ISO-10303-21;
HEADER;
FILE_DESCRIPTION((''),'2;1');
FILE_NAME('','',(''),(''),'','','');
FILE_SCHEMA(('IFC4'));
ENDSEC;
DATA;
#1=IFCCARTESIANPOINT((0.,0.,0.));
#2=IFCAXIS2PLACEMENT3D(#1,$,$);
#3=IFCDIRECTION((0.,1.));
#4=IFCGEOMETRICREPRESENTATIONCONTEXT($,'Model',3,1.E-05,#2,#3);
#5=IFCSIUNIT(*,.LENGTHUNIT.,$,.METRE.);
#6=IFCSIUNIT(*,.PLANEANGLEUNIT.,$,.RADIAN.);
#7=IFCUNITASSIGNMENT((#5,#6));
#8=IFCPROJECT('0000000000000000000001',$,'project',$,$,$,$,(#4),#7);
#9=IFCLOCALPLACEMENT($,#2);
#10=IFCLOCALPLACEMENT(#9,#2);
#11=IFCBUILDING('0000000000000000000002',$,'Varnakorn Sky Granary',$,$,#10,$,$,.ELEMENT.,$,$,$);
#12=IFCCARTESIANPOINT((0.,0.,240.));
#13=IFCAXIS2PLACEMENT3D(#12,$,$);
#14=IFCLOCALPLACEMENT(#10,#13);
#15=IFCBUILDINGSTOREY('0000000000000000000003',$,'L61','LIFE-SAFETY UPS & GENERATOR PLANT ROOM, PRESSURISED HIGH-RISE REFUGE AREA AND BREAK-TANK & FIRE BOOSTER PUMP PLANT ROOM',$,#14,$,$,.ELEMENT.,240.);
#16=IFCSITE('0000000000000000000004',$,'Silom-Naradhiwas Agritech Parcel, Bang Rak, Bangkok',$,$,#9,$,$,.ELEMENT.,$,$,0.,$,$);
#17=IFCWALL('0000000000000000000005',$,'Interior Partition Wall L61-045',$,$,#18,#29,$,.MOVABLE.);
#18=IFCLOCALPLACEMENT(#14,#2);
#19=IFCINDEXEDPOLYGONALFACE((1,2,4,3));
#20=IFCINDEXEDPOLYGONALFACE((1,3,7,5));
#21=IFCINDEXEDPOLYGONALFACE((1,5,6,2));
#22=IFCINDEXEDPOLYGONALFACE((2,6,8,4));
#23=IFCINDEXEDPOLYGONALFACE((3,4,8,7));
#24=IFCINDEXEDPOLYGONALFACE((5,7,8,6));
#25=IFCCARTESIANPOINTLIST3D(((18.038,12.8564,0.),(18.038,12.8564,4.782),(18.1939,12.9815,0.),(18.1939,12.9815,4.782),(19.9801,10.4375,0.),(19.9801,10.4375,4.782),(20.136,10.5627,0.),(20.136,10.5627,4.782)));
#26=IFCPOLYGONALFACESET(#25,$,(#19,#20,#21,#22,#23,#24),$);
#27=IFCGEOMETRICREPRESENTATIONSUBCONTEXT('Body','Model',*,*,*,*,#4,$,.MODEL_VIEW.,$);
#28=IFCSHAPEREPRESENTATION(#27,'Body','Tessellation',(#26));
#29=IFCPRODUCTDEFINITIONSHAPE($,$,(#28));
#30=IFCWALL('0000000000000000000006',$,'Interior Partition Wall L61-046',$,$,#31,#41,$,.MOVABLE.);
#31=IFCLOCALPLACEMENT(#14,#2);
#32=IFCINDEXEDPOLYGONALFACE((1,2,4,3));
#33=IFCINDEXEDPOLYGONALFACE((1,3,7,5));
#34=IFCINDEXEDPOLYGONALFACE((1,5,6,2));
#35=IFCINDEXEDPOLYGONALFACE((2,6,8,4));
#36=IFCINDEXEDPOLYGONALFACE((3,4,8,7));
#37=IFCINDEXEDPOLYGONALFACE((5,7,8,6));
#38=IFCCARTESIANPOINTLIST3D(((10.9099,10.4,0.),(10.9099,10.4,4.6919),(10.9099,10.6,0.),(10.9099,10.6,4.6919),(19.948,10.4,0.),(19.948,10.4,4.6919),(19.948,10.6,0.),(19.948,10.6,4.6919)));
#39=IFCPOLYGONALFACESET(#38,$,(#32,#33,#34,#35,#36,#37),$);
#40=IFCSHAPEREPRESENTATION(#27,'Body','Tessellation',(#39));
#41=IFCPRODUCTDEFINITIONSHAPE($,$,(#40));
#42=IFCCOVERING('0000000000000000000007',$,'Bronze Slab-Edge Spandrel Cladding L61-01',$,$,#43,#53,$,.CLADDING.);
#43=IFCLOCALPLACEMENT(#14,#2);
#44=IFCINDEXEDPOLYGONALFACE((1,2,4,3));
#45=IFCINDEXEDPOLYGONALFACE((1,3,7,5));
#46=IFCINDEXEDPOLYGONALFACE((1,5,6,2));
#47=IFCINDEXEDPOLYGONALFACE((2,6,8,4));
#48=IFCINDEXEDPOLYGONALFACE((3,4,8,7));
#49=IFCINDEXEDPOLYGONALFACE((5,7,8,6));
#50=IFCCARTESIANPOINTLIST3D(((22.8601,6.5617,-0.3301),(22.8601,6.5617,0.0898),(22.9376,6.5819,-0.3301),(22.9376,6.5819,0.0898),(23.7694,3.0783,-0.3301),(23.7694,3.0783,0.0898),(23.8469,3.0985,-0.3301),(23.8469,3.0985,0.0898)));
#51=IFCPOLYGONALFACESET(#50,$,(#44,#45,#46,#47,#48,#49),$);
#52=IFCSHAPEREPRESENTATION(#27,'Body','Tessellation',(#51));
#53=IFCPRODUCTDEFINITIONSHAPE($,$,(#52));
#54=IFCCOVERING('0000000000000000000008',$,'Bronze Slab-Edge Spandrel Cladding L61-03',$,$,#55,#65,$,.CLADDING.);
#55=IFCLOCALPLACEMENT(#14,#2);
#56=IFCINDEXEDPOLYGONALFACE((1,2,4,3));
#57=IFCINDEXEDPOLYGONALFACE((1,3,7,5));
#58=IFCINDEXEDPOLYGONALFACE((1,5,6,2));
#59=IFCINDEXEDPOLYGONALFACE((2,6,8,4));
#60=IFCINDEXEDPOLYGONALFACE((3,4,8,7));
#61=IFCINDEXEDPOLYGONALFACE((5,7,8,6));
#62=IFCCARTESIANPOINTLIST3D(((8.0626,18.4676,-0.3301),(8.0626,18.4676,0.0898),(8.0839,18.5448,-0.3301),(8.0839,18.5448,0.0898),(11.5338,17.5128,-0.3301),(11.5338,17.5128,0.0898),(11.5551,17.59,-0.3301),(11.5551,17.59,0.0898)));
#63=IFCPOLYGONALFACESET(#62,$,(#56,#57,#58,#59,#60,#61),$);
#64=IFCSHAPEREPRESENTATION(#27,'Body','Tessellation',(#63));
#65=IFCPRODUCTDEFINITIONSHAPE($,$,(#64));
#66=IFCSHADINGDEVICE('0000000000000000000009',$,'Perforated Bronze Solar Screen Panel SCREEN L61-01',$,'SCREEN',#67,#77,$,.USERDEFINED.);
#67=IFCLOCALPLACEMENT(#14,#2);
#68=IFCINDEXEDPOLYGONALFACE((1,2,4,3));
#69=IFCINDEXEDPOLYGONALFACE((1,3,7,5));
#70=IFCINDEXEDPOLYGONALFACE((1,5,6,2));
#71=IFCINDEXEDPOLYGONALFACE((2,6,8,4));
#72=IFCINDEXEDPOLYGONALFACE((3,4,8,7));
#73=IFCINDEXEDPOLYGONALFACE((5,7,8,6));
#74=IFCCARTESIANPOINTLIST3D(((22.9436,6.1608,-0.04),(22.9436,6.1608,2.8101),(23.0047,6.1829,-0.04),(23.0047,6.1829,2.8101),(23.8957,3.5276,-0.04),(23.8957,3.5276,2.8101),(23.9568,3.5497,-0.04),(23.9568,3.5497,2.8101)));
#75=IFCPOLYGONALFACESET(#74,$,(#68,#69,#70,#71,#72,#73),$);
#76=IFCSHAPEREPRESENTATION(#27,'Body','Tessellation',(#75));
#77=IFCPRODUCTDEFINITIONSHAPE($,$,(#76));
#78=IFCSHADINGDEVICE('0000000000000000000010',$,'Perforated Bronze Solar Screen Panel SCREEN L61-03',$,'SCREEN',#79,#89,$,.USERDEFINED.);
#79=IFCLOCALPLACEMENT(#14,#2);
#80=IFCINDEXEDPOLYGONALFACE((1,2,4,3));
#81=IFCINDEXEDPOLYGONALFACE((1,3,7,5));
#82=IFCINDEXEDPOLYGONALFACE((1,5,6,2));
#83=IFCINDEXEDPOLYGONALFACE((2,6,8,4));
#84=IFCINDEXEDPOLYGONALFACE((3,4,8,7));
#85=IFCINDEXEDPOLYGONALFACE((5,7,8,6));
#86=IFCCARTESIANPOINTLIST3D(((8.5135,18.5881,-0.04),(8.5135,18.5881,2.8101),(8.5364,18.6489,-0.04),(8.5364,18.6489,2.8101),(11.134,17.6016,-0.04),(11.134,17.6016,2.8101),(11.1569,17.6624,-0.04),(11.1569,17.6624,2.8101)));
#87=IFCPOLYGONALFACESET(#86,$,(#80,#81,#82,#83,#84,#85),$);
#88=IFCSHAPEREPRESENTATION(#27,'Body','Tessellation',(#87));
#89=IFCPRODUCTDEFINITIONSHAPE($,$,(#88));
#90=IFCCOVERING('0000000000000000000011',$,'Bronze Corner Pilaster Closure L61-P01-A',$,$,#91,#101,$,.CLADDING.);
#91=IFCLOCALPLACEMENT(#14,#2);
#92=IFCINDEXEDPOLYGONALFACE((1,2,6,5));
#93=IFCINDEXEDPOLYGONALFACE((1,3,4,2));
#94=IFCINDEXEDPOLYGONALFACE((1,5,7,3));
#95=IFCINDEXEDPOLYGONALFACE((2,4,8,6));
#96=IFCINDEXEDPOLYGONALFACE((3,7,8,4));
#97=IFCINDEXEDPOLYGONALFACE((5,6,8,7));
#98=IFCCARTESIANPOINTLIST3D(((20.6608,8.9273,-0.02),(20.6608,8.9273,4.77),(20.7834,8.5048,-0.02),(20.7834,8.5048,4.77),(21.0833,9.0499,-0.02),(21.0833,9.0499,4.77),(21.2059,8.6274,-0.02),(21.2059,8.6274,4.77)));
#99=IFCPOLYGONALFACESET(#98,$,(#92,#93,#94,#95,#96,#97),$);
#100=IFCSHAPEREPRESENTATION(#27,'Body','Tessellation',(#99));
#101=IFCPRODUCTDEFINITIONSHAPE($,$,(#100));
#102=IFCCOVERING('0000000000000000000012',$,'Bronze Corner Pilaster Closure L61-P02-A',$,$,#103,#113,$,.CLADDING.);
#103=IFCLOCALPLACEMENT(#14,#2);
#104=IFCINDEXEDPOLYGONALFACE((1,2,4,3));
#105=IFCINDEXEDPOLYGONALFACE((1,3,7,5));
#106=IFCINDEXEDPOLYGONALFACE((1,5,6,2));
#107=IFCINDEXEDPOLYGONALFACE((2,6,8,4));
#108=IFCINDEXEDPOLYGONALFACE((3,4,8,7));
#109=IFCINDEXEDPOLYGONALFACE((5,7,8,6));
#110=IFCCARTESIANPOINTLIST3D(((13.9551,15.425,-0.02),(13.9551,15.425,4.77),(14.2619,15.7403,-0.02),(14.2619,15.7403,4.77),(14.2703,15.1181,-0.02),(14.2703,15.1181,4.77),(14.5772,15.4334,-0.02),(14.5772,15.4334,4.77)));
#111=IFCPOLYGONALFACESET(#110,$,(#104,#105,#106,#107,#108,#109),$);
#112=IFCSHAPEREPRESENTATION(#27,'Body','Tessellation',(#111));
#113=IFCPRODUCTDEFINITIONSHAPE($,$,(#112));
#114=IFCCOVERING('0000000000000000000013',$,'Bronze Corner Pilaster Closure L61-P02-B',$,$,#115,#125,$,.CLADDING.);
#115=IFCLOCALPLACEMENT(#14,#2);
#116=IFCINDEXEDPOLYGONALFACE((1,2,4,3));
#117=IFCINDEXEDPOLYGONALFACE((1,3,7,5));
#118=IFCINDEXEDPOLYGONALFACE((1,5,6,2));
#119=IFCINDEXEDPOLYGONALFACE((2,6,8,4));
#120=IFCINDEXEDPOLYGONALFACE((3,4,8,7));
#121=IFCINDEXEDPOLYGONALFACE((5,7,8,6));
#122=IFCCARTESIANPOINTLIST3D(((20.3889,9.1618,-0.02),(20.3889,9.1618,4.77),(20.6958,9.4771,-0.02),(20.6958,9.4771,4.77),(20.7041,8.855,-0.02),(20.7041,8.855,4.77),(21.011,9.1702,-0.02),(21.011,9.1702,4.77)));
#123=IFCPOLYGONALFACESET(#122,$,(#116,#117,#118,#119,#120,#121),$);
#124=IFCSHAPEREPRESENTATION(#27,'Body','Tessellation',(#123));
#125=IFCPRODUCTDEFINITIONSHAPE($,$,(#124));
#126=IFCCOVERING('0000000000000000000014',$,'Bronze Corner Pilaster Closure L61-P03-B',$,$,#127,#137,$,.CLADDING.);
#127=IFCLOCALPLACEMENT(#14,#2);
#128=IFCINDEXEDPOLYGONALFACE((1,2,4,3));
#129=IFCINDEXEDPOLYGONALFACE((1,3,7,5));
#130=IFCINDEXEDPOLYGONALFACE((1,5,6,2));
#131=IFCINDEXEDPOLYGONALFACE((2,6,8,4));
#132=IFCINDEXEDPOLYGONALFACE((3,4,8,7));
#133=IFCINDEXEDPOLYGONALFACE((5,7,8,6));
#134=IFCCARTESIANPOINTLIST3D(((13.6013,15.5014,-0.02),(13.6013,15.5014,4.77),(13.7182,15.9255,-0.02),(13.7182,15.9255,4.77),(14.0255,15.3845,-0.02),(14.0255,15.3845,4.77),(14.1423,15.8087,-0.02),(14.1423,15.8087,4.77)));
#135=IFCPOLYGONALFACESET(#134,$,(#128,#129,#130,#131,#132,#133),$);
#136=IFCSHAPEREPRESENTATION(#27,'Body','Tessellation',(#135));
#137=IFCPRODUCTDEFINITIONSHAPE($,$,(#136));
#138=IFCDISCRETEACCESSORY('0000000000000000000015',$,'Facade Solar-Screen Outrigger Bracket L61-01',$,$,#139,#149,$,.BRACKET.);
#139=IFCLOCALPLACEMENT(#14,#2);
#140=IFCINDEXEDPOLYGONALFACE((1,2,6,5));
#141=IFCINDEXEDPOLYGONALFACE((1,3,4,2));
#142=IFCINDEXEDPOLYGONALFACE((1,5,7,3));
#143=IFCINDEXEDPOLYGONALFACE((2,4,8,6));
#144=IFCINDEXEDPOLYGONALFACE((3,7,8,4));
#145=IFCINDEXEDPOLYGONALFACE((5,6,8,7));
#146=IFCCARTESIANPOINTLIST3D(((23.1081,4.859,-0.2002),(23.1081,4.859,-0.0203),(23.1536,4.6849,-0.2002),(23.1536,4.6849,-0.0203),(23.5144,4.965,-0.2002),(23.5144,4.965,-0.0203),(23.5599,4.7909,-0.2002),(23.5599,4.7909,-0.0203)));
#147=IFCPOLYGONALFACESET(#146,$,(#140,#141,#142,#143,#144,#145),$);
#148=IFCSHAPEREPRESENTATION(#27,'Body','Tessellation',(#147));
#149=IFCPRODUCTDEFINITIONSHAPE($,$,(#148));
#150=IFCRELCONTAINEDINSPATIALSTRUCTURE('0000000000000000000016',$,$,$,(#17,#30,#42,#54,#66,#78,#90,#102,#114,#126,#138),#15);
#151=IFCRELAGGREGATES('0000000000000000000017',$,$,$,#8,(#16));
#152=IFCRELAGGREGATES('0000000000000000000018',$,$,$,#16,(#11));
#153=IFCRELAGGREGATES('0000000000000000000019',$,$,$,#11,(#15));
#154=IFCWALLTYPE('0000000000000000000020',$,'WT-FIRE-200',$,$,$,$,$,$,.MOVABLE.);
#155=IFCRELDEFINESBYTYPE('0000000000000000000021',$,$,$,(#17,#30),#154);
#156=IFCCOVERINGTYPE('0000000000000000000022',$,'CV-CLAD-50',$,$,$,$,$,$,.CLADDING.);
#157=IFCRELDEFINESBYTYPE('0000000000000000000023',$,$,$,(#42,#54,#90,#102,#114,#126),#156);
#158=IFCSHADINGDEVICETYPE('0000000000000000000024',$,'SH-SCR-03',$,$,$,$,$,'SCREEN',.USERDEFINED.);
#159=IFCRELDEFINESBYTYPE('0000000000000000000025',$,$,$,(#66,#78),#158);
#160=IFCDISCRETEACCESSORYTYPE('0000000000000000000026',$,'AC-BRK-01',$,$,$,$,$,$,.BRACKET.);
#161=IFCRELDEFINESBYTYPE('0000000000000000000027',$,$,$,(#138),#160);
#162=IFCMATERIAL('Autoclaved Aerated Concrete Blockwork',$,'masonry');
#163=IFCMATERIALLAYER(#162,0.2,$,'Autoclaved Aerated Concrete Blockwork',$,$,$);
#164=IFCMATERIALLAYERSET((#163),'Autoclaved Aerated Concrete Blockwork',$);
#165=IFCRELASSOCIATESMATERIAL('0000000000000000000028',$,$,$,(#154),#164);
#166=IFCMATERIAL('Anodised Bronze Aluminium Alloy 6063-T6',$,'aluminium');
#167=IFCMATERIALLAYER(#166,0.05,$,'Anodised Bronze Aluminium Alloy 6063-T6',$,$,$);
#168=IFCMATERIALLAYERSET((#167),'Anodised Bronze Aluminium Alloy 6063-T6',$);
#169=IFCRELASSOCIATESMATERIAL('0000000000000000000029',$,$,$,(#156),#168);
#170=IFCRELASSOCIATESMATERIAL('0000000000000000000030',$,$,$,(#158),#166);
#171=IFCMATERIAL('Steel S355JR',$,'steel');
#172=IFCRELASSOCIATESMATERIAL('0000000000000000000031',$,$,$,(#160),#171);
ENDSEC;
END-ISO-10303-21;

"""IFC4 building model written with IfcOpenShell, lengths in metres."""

from ifc_helpers import new_model, si_unit, direction, frame, frame_2d, origin, origin_2d, place, context, subcontext, project, spatial, rectangle, extrude, source, transform, mapped, material, layer, layer_set, type_object, type_shapes, element, save


model = new_model("IFC4")

# Units and contexts
model_context = context("Model", 3, precision=1e-05, world=origin(), true_north=direction((0.0, 1.0)))
body_context = subcontext(model_context, "Body", "Model", "MODEL_VIEW")
ifc_project = project(units=[si_unit("LENGTHUNIT", "METRE"), si_unit("PLANEANGLEUNIT", "RADIAN")], contexts=[model_context])

# Site, building, storey
site_placement = place(None, origin())
site = spatial("IfcSite", under=ifc_project, at=site_placement, Name="Silom-Naradhiwas Agritech Parcel, Bang Rak, Bangkok", CompositionType="ELEMENT", RefElevation=0.0)
building_placement = place(site_placement, origin())
building = spatial("IfcBuilding", under=site, at=building_placement, Name="Varnakorn Sky Granary", CompositionType="ELEMENT")
storey_placement = place(building_placement, frame((0.0, 0.0, 240.0)))
storey = spatial("IfcBuildingStorey", under=building, at=storey_placement, Name="L61", Description="LIFE-SAFETY UPS & GENERATOR PLANT ROOM, PRESSURISED HIGH-RISE REFUGE AREA AND BREAK-TANK & FIRE BOOSTER PUMP PLANT ROOM", CompositionType="ELEMENT", Elevation=240.0)

# Shared definitions
ifc_material_1 = material(Name="Steel S355JR", Category="steel")

# Walls
ifc_material_2 = material(Name="Autoclaved Aerated Concrete Blockwork", Category="masonry")
ifc_layer_1 = layer(ifc_material_2, 0.2, Name="Autoclaved Aerated Concrete Blockwork")
ifc_layer_set_1 = layer_set([ifc_layer_1], Name="Autoclaved Aerated Concrete Blockwork")
wall_type_1 = type_object("IfcWallType", Name="WT-FIRE-200", PredefinedType="MOVABLE", material=ifc_layer_set_1)
wall_1_placement = place(storey_placement, frame((18.116, 12.9189, 0.0), z_axis=(0.0, 0.0, 1.0), x_axis=(0.626067, -0.77977, 0.0)))
element("IfcWall", 1, at=wall_1_placement, inside=storey, type_object=wall_type_1, Name="Interior Partition Wall L61-045", PredefinedType="MOVABLE", context=body_context, shape_type="SweptSolid", body=[
    extrude(rectangle(XDim=3.1021, YDim=0.2, at=frame_2d((1.551, 0.0))), origin(), (0.0, 0.0, 1.0), 4.782),
])
wall_2_placement = place(storey_placement, frame((19.948, 10.5, 0.0), z_axis=(0.0, 0.0, 1.0), x_axis=(-1.0, 0.0, 0.0)))
element("IfcWall", 2, at=wall_2_placement, inside=storey, type_object=wall_type_1, Name="Interior Partition Wall L61-046", PredefinedType="MOVABLE", context=body_context, shape_type="SweptSolid", body=[
    extrude(rectangle(XDim=9.0381, YDim=0.2, at=frame_2d((4.519, 0.0))), origin(), (0.0, 0.0, 1.0), 4.6919),
])

# Coverings
ifc_material_3 = material(Name="Anodised Bronze Aluminium Alloy 6063-T6", Category="aluminium")
ifc_layer_2 = layer(ifc_material_3, 0.05, Name="Anodised Bronze Aluminium Alloy 6063-T6")
ifc_layer_set_2 = layer_set([ifc_layer_2], Name="Anodised Bronze Aluminium Alloy 6063-T6")
covering_type = type_object("IfcCoveringType", Name="CV-CLAD-50", PredefinedType="CLADDING", material=ifc_layer_set_2)
shared_shape_1 = source(origin(), body_context, "Body", "SweptSolid", [
    extrude(rectangle(XDim=3.6001, YDim=0.0801, at=origin_2d()), origin(), (0.0, 0.0, 1.0), 0.4199),
])
for number, where, z_axis, x_axis, name in (
    (3, (23.3535, 4.8301, -0.3301), (0.0, 0.0, 1.0), (-0.252567, 0.967579, 0.0), "Bronze Slab-Edge Spandrel Cladding L61-01"),
    (4, (9.8088, 18.0288, -0.3301), (0.0, 0.0, 1.0), (-0.964193, 0.265202, 0.0), "Bronze Slab-Edge Spandrel Cladding L61-03"),
):
    element("IfcCovering", number, at=place(storey_placement, frame(where, z_axis=z_axis, x_axis=x_axis)), inside=storey, type_object=covering_type, Name=name, PredefinedType="CLADDING", context=body_context, shape_type="MappedRepresentation", body=[
        mapped(shared_shape_1, transform((0.0, 0.0, 0.0), x_axis=(1.0, 0.0, 0.0), y_axis=(0.0, 1.0, 0.0), z_axis=(0.0, 0.0, 1.0), scale=1.0)),
    ])

# Shading devices
shading_device_type = type_object("IfcShadingDeviceType", Name="SH-SCR-03", ElementType="SCREEN", PredefinedType="USERDEFINED", material=ifc_material_3)
shared_shape_2 = source(origin(), body_context, "Body", "SweptSolid", [
    extrude(rectangle(XDim=2.8, YDim=0.0649, at=origin_2d()), origin(), (0.0, 0.0, 1.0), 2.8501),
])
type_shapes(shading_device_type, [shared_shape_2])
for number, where, z_axis, x_axis, name in (
    (5, (23.4502, 4.8552, -0.04), (0.0, 0.0, 1.0), (-0.340043, 0.94041, 0.0), "Perforated Bronze Solar Screen Panel SCREEN L61-01"),
    (6, (9.8352, 18.1252, -0.04), (0.0, 0.0, 1.0), (-0.935882, 0.352314, 0.0), "Perforated Bronze Solar Screen Panel SCREEN L61-03"),
):
    element("IfcShadingDevice", number, at=place(storey_placement, frame(where, z_axis=z_axis, x_axis=x_axis)), inside=storey, type_object=shading_device_type, Name=name, ObjectType="SCREEN", PredefinedType="USERDEFINED", context=body_context, shape_type="MappedRepresentation", body=[
        mapped(shared_shape_2, transform((0.0, 0.0, 0.0), x_axis=(1.0, 0.0, 0.0), y_axis=(0.0, 1.0, 0.0), z_axis=(0.0, 0.0, 1.0), scale=1.0)),
    ])

# Coverings
shared_shape_3 = source(origin(), body_context, "Body", "SweptSolid", [
    extrude(rectangle(XDim=0.4399, YDim=0.4399, at=origin_2d()), origin(), (0.0, 0.0, 1.0), 4.79),
])
type_shapes(covering_type, [shared_shape_1, shared_shape_3])
for number, where, z_axis, x_axis, name in (
    (7, (20.9333, 8.7773, -0.02), (0.0, 0.0, 1.0), (0.278823, -0.960342, 0.0), "Bronze Corner Pilaster Closure L61-P01-A"),
    (8, (14.2661, 15.4292, -0.02), (0.0, 0.0, 1.0), (0.716545, -0.69754, 0.0), "Bronze Corner Pilaster Closure L61-P02-A"),
    (9, (20.7, 9.166, -0.02), (0.0, 0.0, 1.0), (0.716545, -0.69754, 0.0), "Bronze Corner Pilaster Closure L61-P02-B"),
    (10, (13.8718, 15.655, -0.02), (0.0, 0.0, 1.0), (0.964095, -0.265556, 0.0), "Bronze Corner Pilaster Closure L61-P03-B"),
):
    element("IfcCovering", number, at=place(storey_placement, frame(where, z_axis=z_axis, x_axis=x_axis)), inside=storey, type_object=covering_type, Name=name, PredefinedType="CLADDING", context=body_context, shape_type="MappedRepresentation", body=[
        mapped(shared_shape_3, transform((0.0, 0.0, 0.0), x_axis=(1.0, 0.0, 0.0), y_axis=(0.0, 1.0, 0.0), z_axis=(0.0, 0.0, 1.0), scale=1.0)),
    ])

# Discrete accessory
discrete_accessory_type = type_object("IfcDiscreteAccessoryType", Name="AC-BRK-01", PredefinedType="BRACKET", material=ifc_material_1)
shared_shape_4 = source(origin(), body_context, "Body", "SweptSolid", [
    extrude(rectangle(XDim=0.1799, YDim=0.4199, at=origin_2d()), origin(), (0.0, 0.0, 1.0), 0.1799),
])
type_shapes(discrete_accessory_type, [shared_shape_4])
discrete_accessory_placement = place(storey_placement, frame((23.334, 4.825, -0.2002), z_axis=(0.0, 0.0, 1.0), x_axis=(-0.252567, 0.967579, 0.0)))
element("IfcDiscreteAccessory", 11, at=discrete_accessory_placement, inside=storey, type_object=discrete_accessory_type, Name="Facade Solar-Screen Outrigger Bracket L61-01", PredefinedType="BRACKET", context=body_context, shape_type="MappedRepresentation", body=[
    mapped(shared_shape_4, transform((0.0, 0.0, 0.0), x_axis=(1.0, 0.0, 0.0), y_axis=(0.0, 1.0, 0.0), z_axis=(0.0, 0.0, 1.0), scale=1.0)),
])

save(model, "model.ifc")
